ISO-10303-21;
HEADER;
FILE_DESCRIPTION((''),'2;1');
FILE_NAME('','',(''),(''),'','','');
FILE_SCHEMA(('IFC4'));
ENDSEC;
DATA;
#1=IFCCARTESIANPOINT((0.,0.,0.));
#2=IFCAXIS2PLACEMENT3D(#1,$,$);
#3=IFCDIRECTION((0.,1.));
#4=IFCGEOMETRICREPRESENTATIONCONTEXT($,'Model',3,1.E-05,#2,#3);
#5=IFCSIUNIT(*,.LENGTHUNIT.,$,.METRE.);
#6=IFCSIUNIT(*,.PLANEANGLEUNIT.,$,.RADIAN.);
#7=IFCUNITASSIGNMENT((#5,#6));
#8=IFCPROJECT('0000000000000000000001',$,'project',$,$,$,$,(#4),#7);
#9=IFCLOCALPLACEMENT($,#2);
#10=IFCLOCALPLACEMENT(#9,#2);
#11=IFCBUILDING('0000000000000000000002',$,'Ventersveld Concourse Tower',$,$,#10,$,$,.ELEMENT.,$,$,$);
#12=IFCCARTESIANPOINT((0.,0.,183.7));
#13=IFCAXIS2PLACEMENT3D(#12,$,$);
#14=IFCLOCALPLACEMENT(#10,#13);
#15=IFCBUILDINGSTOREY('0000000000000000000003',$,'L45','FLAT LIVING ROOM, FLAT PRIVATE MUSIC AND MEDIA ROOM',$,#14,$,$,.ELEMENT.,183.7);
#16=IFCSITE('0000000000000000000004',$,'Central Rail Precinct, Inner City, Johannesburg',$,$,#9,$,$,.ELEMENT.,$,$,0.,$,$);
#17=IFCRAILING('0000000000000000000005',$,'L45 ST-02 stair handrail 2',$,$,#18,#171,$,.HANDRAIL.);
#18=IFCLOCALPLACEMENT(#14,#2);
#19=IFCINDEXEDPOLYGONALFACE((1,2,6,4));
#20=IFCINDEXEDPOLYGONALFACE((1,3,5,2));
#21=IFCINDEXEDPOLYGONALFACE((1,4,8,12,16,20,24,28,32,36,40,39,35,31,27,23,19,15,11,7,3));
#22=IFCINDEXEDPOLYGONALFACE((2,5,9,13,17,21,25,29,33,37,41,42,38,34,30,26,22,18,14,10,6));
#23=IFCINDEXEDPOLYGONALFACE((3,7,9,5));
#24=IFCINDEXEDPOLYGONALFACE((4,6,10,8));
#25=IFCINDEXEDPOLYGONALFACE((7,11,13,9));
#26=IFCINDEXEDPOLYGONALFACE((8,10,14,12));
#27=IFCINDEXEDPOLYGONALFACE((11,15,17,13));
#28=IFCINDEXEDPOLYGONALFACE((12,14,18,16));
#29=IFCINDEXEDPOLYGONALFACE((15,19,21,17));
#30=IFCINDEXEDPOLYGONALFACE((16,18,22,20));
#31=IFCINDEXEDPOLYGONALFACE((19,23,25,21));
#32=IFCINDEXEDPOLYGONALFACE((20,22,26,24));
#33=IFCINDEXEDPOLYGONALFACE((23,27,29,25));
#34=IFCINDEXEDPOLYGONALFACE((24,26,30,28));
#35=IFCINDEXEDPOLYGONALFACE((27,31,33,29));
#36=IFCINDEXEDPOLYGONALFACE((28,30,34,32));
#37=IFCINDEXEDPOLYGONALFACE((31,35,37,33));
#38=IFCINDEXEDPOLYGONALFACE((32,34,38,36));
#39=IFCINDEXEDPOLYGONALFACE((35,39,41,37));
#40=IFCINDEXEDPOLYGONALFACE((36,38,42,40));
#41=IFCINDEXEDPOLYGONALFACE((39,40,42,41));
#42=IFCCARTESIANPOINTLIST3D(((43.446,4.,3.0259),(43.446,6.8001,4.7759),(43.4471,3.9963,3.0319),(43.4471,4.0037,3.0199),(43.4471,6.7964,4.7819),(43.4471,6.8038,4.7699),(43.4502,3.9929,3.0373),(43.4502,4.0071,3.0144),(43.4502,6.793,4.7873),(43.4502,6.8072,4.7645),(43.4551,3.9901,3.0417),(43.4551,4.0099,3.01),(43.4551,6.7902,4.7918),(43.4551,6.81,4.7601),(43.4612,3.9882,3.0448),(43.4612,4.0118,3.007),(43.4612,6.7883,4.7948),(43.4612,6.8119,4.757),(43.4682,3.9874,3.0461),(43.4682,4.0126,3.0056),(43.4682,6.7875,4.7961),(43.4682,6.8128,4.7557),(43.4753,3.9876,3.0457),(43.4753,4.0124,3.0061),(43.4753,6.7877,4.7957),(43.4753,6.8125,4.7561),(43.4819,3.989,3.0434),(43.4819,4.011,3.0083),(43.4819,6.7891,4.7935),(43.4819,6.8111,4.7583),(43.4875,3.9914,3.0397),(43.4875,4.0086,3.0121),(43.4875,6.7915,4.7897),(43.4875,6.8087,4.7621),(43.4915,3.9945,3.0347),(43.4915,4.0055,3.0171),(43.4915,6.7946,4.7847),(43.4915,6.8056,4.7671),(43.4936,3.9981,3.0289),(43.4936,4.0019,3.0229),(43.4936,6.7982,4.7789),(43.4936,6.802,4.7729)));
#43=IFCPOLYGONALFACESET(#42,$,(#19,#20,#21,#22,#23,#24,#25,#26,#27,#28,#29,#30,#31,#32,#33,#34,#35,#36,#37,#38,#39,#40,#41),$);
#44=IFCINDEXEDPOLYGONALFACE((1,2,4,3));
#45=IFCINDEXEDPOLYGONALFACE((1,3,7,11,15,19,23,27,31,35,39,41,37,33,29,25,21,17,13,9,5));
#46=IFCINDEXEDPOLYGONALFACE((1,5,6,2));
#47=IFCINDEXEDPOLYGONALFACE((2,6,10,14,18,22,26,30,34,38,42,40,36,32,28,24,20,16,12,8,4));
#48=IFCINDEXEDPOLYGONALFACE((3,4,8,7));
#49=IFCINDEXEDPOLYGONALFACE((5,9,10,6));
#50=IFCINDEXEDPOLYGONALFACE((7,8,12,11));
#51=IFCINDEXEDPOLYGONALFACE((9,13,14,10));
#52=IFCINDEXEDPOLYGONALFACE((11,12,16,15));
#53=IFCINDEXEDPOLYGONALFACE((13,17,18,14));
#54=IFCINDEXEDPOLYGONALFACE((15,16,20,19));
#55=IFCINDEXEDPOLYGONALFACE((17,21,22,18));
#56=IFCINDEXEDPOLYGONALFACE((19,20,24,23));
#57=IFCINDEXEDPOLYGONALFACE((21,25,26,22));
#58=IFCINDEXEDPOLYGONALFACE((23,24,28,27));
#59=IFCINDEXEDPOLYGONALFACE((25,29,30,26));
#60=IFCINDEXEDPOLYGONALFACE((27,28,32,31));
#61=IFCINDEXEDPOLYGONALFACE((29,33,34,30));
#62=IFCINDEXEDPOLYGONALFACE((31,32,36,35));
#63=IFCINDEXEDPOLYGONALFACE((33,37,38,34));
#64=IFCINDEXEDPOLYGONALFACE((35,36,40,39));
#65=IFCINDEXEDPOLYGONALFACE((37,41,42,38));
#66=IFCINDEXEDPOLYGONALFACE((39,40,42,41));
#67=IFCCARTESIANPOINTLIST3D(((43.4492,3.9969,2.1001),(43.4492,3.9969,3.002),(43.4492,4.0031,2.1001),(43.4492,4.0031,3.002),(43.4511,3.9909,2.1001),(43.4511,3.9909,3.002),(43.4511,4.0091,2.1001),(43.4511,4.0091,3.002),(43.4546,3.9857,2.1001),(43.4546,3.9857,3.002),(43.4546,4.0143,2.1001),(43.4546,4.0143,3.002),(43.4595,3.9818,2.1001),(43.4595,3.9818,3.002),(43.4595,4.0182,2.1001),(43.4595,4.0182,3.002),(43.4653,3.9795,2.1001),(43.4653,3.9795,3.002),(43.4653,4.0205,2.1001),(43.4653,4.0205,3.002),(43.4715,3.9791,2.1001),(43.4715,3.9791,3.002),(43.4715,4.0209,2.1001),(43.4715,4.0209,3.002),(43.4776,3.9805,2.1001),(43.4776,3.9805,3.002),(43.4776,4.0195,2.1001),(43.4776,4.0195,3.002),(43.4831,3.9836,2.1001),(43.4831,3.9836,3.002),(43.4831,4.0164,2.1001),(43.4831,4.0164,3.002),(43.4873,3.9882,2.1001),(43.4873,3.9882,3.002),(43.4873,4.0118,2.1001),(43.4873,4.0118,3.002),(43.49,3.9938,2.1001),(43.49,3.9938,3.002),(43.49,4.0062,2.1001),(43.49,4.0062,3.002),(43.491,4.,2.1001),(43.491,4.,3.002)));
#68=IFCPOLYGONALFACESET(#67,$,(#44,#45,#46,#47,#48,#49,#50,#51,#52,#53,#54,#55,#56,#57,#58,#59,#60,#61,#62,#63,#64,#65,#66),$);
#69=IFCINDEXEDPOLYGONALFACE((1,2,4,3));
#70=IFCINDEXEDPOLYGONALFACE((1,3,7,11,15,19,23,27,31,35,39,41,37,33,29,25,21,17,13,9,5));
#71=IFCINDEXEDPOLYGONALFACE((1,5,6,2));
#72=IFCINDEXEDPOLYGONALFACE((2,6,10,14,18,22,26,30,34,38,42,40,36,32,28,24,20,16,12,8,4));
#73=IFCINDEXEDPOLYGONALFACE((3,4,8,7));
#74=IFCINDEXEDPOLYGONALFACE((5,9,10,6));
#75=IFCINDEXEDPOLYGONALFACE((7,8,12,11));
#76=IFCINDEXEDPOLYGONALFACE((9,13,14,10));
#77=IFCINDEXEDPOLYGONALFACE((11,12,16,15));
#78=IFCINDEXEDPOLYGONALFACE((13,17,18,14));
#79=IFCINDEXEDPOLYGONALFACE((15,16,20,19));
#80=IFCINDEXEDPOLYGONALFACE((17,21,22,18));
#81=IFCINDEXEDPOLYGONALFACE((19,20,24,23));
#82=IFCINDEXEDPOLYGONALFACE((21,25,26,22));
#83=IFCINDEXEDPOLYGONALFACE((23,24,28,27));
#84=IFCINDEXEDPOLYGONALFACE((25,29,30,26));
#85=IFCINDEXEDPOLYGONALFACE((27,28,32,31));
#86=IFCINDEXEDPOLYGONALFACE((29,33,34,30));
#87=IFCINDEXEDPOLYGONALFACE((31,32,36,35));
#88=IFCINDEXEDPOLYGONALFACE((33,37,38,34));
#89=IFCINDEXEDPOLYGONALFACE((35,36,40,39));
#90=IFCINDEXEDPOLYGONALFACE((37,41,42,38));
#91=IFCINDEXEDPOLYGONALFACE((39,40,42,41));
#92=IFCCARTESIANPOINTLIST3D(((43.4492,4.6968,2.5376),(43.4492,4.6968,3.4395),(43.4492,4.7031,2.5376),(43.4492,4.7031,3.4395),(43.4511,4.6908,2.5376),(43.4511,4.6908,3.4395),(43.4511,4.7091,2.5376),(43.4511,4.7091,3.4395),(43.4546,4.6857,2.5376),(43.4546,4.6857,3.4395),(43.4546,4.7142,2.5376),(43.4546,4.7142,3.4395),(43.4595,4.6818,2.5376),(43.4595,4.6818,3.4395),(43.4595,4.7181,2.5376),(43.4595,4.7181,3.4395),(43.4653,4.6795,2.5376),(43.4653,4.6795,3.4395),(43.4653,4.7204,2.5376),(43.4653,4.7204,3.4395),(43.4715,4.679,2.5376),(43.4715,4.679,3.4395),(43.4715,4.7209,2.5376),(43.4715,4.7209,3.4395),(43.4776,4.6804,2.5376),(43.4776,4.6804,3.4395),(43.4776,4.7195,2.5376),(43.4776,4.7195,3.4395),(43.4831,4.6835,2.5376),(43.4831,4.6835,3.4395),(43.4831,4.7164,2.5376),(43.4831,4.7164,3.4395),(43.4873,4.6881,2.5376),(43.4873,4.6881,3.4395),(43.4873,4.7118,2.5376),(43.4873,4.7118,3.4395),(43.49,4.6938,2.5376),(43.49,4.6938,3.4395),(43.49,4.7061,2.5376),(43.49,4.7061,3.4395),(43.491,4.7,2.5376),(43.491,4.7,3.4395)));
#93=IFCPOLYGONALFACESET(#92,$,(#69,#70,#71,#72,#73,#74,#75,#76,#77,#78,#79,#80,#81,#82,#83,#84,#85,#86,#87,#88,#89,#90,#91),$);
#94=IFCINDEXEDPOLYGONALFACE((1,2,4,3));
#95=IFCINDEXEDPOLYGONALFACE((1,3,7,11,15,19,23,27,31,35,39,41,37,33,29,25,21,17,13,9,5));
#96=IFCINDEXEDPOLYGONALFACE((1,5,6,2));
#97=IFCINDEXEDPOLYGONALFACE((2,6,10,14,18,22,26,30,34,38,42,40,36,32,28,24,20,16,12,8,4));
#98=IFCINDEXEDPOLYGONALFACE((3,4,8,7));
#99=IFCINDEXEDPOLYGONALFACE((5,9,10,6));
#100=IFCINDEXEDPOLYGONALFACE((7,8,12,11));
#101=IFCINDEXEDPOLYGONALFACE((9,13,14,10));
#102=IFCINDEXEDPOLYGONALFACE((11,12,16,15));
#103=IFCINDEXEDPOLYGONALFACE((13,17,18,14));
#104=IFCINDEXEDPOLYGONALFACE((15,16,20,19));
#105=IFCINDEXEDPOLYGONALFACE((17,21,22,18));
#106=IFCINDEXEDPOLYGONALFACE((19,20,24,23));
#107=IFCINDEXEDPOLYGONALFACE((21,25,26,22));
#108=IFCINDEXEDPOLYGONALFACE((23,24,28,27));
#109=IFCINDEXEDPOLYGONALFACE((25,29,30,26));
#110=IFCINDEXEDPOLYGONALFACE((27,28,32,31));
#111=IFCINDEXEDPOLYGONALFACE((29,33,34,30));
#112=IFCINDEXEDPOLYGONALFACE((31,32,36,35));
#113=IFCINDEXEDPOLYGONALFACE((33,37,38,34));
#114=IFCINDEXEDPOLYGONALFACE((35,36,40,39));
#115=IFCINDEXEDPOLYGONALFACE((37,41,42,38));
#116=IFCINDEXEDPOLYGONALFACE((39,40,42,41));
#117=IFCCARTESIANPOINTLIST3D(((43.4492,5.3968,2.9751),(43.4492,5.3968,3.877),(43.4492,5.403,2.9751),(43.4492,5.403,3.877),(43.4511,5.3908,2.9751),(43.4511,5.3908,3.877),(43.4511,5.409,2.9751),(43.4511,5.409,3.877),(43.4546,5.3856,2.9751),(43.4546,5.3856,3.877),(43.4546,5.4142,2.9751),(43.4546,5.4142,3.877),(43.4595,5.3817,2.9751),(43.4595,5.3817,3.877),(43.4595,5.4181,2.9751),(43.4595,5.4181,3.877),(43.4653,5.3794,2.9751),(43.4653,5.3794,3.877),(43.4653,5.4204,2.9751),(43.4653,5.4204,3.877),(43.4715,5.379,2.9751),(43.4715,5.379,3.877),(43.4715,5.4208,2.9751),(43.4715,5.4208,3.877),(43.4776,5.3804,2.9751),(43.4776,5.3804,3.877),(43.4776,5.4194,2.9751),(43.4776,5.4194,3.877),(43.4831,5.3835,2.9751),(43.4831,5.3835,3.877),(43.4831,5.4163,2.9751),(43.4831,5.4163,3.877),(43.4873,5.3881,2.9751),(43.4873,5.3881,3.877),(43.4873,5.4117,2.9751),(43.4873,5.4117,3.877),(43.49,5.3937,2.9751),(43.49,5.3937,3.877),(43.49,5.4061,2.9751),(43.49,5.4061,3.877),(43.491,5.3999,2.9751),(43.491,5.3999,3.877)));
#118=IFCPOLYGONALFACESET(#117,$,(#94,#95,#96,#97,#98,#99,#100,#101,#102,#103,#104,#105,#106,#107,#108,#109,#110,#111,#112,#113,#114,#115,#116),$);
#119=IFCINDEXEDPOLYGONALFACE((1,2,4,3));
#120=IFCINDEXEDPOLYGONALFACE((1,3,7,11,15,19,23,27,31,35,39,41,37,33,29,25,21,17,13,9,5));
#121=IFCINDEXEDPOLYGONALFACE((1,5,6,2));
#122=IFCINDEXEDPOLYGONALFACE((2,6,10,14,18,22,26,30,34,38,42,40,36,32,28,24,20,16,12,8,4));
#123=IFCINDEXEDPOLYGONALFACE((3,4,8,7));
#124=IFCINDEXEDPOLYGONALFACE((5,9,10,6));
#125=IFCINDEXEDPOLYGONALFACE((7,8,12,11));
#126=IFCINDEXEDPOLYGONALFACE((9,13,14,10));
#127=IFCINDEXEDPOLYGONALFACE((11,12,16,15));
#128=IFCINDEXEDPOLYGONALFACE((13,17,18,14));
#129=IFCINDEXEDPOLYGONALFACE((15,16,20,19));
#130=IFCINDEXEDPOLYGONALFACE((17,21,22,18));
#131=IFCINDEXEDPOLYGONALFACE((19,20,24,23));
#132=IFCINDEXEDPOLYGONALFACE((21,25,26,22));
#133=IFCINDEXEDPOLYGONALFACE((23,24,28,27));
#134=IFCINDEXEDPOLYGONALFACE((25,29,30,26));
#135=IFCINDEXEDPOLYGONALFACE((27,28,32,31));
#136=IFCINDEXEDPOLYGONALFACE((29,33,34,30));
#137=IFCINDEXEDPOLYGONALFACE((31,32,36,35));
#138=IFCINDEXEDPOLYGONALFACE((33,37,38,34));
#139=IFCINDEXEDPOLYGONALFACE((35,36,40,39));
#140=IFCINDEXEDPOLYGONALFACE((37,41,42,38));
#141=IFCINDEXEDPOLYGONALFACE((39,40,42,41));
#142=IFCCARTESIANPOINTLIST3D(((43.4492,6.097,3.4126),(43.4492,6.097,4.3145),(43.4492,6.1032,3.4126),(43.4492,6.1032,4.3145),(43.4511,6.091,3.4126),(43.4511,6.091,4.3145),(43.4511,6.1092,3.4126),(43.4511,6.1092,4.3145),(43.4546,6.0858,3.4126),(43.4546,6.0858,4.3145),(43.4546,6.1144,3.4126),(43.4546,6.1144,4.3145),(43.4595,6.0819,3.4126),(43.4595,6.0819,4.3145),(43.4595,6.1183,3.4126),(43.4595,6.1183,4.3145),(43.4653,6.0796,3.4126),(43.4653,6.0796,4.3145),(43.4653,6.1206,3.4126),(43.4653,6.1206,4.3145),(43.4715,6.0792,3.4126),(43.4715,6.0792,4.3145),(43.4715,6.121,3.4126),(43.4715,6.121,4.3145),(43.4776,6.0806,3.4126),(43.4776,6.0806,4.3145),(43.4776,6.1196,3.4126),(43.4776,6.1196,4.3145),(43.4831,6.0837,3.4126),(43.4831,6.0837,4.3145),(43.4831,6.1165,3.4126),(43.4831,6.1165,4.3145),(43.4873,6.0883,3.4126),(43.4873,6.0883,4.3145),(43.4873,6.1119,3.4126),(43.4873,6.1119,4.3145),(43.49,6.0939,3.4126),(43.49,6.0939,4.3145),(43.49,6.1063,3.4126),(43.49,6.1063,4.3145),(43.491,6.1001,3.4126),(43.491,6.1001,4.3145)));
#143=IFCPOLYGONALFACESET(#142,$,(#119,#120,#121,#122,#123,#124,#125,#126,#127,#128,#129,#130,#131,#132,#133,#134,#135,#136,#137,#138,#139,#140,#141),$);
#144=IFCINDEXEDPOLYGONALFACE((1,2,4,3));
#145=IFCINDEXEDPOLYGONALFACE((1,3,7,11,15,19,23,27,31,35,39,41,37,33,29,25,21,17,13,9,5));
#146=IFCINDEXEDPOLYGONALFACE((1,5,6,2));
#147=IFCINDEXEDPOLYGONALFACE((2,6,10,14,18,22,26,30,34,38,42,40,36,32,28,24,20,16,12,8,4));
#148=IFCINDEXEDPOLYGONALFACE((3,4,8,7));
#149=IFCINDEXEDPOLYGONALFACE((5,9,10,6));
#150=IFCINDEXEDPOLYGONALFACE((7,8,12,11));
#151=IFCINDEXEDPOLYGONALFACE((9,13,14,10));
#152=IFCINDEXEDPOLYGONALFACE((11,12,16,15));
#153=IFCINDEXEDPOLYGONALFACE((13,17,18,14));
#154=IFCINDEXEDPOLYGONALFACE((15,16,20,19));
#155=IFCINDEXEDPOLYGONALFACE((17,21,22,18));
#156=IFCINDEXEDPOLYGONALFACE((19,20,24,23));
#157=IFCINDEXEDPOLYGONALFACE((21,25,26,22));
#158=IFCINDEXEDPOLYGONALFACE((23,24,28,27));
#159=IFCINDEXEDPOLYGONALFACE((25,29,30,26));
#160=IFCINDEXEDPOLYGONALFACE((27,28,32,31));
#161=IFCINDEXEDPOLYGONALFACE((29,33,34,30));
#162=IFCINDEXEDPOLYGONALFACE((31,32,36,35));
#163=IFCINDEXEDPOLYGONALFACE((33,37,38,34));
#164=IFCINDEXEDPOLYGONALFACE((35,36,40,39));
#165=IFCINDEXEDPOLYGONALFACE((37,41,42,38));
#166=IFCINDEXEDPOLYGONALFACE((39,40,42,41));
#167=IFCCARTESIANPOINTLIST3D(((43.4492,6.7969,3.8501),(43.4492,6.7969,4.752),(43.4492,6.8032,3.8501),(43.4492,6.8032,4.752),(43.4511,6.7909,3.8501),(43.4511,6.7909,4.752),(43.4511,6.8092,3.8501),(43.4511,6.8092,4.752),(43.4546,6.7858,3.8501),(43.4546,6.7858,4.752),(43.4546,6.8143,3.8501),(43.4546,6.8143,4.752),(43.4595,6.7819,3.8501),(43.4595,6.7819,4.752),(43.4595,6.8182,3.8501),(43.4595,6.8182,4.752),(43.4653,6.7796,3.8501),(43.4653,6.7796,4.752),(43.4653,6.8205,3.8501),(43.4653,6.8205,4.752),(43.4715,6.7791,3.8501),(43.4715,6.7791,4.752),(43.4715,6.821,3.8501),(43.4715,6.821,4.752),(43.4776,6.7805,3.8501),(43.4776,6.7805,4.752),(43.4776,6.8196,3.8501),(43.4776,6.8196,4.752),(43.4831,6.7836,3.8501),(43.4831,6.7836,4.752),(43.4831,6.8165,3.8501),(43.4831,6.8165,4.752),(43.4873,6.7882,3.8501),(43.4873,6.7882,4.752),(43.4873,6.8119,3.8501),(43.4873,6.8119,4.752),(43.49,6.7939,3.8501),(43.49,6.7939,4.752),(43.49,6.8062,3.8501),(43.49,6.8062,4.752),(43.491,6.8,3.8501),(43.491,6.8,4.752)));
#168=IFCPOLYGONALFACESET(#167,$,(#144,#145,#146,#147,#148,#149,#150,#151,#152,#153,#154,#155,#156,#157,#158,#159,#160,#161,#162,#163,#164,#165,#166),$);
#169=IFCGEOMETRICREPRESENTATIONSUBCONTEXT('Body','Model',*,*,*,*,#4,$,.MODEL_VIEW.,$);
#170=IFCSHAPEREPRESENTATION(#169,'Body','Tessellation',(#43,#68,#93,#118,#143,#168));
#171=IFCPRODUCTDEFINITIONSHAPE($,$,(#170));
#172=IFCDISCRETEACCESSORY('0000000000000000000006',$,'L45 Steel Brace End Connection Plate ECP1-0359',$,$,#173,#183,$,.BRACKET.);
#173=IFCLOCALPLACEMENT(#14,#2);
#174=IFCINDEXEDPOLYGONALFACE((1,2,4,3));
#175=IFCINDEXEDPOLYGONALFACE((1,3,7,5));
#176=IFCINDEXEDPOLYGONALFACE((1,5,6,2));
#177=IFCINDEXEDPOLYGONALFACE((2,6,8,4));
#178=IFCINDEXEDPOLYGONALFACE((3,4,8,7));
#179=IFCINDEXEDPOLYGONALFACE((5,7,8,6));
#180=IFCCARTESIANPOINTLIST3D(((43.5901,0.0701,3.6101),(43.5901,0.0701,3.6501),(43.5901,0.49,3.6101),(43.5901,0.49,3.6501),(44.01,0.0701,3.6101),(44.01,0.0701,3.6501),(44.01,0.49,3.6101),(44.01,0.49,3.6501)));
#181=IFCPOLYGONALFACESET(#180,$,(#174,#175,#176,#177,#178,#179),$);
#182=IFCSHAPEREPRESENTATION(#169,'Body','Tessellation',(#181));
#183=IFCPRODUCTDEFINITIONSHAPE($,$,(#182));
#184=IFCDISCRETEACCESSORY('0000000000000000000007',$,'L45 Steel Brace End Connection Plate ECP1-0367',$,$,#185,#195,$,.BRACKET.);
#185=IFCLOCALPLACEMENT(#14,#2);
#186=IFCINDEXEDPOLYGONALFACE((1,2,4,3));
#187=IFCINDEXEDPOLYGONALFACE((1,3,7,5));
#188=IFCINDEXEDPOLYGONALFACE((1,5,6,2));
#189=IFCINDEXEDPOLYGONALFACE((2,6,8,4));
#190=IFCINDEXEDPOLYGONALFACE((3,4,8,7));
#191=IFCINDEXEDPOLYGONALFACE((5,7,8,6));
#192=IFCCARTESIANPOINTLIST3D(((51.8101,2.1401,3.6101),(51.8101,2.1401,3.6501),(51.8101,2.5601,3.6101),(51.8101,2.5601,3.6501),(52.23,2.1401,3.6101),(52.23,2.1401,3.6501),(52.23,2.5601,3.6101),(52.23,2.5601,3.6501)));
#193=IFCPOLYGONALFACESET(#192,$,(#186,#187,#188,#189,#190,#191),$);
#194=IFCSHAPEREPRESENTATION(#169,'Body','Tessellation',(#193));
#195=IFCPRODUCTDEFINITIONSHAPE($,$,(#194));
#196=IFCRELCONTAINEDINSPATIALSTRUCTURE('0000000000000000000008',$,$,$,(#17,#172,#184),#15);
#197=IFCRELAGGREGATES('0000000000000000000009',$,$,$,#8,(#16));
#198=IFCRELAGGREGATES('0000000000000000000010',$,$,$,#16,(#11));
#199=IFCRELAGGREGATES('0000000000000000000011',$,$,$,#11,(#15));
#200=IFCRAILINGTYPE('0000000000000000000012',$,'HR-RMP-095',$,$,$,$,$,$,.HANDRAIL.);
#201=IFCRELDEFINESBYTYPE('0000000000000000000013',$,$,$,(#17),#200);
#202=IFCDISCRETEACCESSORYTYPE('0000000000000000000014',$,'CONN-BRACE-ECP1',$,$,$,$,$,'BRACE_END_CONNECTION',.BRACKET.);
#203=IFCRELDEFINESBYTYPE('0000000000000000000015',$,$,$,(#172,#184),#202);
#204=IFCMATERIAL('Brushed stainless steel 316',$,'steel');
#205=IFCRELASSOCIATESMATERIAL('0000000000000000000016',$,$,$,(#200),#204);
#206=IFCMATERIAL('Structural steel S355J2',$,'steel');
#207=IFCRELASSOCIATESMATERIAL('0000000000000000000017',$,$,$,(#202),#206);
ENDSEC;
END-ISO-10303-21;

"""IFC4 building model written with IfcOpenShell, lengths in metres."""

from ifc_helpers import new_model, si_unit, direction, frame, origin, origin_2d, place, context, subcontext, project, spatial, rectangle, circle, extrude, material, type_object, element, save


model = new_model("IFC4")

# Units and contexts
model_context = context("Model", 3, precision=1e-05, world=origin(), true_north=direction((0.0, 1.0)))
body_context = subcontext(model_context, "Body", "Model", "MODEL_VIEW")
ifc_project = project(units=[si_unit("LENGTHUNIT", "METRE"), si_unit("PLANEANGLEUNIT", "RADIAN")], contexts=[model_context])

# Site, building, storey
site_placement = place(None, origin())
site = spatial("IfcSite", under=ifc_project, at=site_placement, Name="Central Rail Precinct, Inner City, Johannesburg", CompositionType="ELEMENT", RefElevation=0.0)
building_placement = place(site_placement, origin())
building = spatial("IfcBuilding", under=site, at=building_placement, Name="Ventersveld Concourse Tower", CompositionType="ELEMENT")
storey_placement = place(building_placement, frame((0.0, 0.0, 183.7)))
storey = spatial("IfcBuildingStorey", under=building, at=storey_placement, Name="L45", Description="FLAT LIVING ROOM, FLAT PRIVATE MUSIC AND MEDIA ROOM", CompositionType="ELEMENT", Elevation=183.7)

# Shared definitions
ifc_material_1 = material(Name="Structural steel S355J2", Category="steel")

# Railing
ifc_material_2 = material(Name="Brushed stainless steel 316", Category="steel")
railing_type = type_object("IfcRailingType", Name="HR-RMP-095", PredefinedType="HANDRAIL", material=ifc_material_2)
railing_placement = place(storey_placement, frame((43.47, 4.0, 2.1001)))
element("IfcRailing", 1, at=railing_placement, inside=storey, type_object=railing_type, Name="L45 ST-02 stair handrail 2", PredefinedType="HANDRAIL", context=body_context, shape_type="SweptSolid", body=[
    extrude(circle(Radius=0.0239, at=origin_2d()), frame((0.0, 0.0, 0.9258), z_axis=(0.0, 0.848002, 0.529992), x_axis=(-1.0, 0.0, 0.0)), (0.0, 0.0, 1.0), 3.302),
    extrude(circle(Radius=0.021, at=origin_2d()), origin(), (0.0, 0.0, 1.0), 0.9019),
    extrude(circle(Radius=0.021, at=origin_2d()), frame((0.0, 0.7, 0.4375)), (0.0, 0.0, 1.0), 0.9019),
    extrude(circle(Radius=0.021, at=origin_2d()), frame((0.0, 1.3999, 0.875)), (0.0, 0.0, 1.0), 0.9019),
    extrude(circle(Radius=0.021, at=origin_2d()), frame((0.0, 2.1001, 1.3125)), (0.0, 0.0, 1.0), 0.9019),
    extrude(circle(Radius=0.021, at=origin_2d()), frame((0.0, 2.8, 1.75)), (0.0, 0.0, 1.0), 0.9019),
])

# Discrete accessories
discrete_accessory_type = type_object("IfcDiscreteAccessoryType", Name="CONN-BRACE-ECP1", ElementType="BRACE_END_CONNECTION", PredefinedType="BRACKET", material=ifc_material_1)
for number, where, z_axis, x_axis, name in (
    (2, (43.8, 0.28, 3.6101), (0.0, 0.0, 1.0), (1.0, 0.0, 0.0), "L45 Steel Brace End Connection Plate ECP1-0359"),
    (3, (52.02, 2.3501, 3.6101), (0.0, 0.0, 1.0), (1.0, 0.0, 0.0), "L45 Steel Brace End Connection Plate ECP1-0367"),
):
    element("IfcDiscreteAccessory", number, at=place(storey_placement, frame(where, z_axis=z_axis, x_axis=x_axis)), inside=storey, type_object=discrete_accessory_type, Name=name, PredefinedType="BRACKET", context=body_context, shape_type="SweptSolid", body=[
        extrude(rectangle(XDim=0.4199, YDim=0.4199, at=origin_2d()), origin(), (0.0, 0.0, 1.0), 0.04),
    ])

save(model, "model.ifc")
